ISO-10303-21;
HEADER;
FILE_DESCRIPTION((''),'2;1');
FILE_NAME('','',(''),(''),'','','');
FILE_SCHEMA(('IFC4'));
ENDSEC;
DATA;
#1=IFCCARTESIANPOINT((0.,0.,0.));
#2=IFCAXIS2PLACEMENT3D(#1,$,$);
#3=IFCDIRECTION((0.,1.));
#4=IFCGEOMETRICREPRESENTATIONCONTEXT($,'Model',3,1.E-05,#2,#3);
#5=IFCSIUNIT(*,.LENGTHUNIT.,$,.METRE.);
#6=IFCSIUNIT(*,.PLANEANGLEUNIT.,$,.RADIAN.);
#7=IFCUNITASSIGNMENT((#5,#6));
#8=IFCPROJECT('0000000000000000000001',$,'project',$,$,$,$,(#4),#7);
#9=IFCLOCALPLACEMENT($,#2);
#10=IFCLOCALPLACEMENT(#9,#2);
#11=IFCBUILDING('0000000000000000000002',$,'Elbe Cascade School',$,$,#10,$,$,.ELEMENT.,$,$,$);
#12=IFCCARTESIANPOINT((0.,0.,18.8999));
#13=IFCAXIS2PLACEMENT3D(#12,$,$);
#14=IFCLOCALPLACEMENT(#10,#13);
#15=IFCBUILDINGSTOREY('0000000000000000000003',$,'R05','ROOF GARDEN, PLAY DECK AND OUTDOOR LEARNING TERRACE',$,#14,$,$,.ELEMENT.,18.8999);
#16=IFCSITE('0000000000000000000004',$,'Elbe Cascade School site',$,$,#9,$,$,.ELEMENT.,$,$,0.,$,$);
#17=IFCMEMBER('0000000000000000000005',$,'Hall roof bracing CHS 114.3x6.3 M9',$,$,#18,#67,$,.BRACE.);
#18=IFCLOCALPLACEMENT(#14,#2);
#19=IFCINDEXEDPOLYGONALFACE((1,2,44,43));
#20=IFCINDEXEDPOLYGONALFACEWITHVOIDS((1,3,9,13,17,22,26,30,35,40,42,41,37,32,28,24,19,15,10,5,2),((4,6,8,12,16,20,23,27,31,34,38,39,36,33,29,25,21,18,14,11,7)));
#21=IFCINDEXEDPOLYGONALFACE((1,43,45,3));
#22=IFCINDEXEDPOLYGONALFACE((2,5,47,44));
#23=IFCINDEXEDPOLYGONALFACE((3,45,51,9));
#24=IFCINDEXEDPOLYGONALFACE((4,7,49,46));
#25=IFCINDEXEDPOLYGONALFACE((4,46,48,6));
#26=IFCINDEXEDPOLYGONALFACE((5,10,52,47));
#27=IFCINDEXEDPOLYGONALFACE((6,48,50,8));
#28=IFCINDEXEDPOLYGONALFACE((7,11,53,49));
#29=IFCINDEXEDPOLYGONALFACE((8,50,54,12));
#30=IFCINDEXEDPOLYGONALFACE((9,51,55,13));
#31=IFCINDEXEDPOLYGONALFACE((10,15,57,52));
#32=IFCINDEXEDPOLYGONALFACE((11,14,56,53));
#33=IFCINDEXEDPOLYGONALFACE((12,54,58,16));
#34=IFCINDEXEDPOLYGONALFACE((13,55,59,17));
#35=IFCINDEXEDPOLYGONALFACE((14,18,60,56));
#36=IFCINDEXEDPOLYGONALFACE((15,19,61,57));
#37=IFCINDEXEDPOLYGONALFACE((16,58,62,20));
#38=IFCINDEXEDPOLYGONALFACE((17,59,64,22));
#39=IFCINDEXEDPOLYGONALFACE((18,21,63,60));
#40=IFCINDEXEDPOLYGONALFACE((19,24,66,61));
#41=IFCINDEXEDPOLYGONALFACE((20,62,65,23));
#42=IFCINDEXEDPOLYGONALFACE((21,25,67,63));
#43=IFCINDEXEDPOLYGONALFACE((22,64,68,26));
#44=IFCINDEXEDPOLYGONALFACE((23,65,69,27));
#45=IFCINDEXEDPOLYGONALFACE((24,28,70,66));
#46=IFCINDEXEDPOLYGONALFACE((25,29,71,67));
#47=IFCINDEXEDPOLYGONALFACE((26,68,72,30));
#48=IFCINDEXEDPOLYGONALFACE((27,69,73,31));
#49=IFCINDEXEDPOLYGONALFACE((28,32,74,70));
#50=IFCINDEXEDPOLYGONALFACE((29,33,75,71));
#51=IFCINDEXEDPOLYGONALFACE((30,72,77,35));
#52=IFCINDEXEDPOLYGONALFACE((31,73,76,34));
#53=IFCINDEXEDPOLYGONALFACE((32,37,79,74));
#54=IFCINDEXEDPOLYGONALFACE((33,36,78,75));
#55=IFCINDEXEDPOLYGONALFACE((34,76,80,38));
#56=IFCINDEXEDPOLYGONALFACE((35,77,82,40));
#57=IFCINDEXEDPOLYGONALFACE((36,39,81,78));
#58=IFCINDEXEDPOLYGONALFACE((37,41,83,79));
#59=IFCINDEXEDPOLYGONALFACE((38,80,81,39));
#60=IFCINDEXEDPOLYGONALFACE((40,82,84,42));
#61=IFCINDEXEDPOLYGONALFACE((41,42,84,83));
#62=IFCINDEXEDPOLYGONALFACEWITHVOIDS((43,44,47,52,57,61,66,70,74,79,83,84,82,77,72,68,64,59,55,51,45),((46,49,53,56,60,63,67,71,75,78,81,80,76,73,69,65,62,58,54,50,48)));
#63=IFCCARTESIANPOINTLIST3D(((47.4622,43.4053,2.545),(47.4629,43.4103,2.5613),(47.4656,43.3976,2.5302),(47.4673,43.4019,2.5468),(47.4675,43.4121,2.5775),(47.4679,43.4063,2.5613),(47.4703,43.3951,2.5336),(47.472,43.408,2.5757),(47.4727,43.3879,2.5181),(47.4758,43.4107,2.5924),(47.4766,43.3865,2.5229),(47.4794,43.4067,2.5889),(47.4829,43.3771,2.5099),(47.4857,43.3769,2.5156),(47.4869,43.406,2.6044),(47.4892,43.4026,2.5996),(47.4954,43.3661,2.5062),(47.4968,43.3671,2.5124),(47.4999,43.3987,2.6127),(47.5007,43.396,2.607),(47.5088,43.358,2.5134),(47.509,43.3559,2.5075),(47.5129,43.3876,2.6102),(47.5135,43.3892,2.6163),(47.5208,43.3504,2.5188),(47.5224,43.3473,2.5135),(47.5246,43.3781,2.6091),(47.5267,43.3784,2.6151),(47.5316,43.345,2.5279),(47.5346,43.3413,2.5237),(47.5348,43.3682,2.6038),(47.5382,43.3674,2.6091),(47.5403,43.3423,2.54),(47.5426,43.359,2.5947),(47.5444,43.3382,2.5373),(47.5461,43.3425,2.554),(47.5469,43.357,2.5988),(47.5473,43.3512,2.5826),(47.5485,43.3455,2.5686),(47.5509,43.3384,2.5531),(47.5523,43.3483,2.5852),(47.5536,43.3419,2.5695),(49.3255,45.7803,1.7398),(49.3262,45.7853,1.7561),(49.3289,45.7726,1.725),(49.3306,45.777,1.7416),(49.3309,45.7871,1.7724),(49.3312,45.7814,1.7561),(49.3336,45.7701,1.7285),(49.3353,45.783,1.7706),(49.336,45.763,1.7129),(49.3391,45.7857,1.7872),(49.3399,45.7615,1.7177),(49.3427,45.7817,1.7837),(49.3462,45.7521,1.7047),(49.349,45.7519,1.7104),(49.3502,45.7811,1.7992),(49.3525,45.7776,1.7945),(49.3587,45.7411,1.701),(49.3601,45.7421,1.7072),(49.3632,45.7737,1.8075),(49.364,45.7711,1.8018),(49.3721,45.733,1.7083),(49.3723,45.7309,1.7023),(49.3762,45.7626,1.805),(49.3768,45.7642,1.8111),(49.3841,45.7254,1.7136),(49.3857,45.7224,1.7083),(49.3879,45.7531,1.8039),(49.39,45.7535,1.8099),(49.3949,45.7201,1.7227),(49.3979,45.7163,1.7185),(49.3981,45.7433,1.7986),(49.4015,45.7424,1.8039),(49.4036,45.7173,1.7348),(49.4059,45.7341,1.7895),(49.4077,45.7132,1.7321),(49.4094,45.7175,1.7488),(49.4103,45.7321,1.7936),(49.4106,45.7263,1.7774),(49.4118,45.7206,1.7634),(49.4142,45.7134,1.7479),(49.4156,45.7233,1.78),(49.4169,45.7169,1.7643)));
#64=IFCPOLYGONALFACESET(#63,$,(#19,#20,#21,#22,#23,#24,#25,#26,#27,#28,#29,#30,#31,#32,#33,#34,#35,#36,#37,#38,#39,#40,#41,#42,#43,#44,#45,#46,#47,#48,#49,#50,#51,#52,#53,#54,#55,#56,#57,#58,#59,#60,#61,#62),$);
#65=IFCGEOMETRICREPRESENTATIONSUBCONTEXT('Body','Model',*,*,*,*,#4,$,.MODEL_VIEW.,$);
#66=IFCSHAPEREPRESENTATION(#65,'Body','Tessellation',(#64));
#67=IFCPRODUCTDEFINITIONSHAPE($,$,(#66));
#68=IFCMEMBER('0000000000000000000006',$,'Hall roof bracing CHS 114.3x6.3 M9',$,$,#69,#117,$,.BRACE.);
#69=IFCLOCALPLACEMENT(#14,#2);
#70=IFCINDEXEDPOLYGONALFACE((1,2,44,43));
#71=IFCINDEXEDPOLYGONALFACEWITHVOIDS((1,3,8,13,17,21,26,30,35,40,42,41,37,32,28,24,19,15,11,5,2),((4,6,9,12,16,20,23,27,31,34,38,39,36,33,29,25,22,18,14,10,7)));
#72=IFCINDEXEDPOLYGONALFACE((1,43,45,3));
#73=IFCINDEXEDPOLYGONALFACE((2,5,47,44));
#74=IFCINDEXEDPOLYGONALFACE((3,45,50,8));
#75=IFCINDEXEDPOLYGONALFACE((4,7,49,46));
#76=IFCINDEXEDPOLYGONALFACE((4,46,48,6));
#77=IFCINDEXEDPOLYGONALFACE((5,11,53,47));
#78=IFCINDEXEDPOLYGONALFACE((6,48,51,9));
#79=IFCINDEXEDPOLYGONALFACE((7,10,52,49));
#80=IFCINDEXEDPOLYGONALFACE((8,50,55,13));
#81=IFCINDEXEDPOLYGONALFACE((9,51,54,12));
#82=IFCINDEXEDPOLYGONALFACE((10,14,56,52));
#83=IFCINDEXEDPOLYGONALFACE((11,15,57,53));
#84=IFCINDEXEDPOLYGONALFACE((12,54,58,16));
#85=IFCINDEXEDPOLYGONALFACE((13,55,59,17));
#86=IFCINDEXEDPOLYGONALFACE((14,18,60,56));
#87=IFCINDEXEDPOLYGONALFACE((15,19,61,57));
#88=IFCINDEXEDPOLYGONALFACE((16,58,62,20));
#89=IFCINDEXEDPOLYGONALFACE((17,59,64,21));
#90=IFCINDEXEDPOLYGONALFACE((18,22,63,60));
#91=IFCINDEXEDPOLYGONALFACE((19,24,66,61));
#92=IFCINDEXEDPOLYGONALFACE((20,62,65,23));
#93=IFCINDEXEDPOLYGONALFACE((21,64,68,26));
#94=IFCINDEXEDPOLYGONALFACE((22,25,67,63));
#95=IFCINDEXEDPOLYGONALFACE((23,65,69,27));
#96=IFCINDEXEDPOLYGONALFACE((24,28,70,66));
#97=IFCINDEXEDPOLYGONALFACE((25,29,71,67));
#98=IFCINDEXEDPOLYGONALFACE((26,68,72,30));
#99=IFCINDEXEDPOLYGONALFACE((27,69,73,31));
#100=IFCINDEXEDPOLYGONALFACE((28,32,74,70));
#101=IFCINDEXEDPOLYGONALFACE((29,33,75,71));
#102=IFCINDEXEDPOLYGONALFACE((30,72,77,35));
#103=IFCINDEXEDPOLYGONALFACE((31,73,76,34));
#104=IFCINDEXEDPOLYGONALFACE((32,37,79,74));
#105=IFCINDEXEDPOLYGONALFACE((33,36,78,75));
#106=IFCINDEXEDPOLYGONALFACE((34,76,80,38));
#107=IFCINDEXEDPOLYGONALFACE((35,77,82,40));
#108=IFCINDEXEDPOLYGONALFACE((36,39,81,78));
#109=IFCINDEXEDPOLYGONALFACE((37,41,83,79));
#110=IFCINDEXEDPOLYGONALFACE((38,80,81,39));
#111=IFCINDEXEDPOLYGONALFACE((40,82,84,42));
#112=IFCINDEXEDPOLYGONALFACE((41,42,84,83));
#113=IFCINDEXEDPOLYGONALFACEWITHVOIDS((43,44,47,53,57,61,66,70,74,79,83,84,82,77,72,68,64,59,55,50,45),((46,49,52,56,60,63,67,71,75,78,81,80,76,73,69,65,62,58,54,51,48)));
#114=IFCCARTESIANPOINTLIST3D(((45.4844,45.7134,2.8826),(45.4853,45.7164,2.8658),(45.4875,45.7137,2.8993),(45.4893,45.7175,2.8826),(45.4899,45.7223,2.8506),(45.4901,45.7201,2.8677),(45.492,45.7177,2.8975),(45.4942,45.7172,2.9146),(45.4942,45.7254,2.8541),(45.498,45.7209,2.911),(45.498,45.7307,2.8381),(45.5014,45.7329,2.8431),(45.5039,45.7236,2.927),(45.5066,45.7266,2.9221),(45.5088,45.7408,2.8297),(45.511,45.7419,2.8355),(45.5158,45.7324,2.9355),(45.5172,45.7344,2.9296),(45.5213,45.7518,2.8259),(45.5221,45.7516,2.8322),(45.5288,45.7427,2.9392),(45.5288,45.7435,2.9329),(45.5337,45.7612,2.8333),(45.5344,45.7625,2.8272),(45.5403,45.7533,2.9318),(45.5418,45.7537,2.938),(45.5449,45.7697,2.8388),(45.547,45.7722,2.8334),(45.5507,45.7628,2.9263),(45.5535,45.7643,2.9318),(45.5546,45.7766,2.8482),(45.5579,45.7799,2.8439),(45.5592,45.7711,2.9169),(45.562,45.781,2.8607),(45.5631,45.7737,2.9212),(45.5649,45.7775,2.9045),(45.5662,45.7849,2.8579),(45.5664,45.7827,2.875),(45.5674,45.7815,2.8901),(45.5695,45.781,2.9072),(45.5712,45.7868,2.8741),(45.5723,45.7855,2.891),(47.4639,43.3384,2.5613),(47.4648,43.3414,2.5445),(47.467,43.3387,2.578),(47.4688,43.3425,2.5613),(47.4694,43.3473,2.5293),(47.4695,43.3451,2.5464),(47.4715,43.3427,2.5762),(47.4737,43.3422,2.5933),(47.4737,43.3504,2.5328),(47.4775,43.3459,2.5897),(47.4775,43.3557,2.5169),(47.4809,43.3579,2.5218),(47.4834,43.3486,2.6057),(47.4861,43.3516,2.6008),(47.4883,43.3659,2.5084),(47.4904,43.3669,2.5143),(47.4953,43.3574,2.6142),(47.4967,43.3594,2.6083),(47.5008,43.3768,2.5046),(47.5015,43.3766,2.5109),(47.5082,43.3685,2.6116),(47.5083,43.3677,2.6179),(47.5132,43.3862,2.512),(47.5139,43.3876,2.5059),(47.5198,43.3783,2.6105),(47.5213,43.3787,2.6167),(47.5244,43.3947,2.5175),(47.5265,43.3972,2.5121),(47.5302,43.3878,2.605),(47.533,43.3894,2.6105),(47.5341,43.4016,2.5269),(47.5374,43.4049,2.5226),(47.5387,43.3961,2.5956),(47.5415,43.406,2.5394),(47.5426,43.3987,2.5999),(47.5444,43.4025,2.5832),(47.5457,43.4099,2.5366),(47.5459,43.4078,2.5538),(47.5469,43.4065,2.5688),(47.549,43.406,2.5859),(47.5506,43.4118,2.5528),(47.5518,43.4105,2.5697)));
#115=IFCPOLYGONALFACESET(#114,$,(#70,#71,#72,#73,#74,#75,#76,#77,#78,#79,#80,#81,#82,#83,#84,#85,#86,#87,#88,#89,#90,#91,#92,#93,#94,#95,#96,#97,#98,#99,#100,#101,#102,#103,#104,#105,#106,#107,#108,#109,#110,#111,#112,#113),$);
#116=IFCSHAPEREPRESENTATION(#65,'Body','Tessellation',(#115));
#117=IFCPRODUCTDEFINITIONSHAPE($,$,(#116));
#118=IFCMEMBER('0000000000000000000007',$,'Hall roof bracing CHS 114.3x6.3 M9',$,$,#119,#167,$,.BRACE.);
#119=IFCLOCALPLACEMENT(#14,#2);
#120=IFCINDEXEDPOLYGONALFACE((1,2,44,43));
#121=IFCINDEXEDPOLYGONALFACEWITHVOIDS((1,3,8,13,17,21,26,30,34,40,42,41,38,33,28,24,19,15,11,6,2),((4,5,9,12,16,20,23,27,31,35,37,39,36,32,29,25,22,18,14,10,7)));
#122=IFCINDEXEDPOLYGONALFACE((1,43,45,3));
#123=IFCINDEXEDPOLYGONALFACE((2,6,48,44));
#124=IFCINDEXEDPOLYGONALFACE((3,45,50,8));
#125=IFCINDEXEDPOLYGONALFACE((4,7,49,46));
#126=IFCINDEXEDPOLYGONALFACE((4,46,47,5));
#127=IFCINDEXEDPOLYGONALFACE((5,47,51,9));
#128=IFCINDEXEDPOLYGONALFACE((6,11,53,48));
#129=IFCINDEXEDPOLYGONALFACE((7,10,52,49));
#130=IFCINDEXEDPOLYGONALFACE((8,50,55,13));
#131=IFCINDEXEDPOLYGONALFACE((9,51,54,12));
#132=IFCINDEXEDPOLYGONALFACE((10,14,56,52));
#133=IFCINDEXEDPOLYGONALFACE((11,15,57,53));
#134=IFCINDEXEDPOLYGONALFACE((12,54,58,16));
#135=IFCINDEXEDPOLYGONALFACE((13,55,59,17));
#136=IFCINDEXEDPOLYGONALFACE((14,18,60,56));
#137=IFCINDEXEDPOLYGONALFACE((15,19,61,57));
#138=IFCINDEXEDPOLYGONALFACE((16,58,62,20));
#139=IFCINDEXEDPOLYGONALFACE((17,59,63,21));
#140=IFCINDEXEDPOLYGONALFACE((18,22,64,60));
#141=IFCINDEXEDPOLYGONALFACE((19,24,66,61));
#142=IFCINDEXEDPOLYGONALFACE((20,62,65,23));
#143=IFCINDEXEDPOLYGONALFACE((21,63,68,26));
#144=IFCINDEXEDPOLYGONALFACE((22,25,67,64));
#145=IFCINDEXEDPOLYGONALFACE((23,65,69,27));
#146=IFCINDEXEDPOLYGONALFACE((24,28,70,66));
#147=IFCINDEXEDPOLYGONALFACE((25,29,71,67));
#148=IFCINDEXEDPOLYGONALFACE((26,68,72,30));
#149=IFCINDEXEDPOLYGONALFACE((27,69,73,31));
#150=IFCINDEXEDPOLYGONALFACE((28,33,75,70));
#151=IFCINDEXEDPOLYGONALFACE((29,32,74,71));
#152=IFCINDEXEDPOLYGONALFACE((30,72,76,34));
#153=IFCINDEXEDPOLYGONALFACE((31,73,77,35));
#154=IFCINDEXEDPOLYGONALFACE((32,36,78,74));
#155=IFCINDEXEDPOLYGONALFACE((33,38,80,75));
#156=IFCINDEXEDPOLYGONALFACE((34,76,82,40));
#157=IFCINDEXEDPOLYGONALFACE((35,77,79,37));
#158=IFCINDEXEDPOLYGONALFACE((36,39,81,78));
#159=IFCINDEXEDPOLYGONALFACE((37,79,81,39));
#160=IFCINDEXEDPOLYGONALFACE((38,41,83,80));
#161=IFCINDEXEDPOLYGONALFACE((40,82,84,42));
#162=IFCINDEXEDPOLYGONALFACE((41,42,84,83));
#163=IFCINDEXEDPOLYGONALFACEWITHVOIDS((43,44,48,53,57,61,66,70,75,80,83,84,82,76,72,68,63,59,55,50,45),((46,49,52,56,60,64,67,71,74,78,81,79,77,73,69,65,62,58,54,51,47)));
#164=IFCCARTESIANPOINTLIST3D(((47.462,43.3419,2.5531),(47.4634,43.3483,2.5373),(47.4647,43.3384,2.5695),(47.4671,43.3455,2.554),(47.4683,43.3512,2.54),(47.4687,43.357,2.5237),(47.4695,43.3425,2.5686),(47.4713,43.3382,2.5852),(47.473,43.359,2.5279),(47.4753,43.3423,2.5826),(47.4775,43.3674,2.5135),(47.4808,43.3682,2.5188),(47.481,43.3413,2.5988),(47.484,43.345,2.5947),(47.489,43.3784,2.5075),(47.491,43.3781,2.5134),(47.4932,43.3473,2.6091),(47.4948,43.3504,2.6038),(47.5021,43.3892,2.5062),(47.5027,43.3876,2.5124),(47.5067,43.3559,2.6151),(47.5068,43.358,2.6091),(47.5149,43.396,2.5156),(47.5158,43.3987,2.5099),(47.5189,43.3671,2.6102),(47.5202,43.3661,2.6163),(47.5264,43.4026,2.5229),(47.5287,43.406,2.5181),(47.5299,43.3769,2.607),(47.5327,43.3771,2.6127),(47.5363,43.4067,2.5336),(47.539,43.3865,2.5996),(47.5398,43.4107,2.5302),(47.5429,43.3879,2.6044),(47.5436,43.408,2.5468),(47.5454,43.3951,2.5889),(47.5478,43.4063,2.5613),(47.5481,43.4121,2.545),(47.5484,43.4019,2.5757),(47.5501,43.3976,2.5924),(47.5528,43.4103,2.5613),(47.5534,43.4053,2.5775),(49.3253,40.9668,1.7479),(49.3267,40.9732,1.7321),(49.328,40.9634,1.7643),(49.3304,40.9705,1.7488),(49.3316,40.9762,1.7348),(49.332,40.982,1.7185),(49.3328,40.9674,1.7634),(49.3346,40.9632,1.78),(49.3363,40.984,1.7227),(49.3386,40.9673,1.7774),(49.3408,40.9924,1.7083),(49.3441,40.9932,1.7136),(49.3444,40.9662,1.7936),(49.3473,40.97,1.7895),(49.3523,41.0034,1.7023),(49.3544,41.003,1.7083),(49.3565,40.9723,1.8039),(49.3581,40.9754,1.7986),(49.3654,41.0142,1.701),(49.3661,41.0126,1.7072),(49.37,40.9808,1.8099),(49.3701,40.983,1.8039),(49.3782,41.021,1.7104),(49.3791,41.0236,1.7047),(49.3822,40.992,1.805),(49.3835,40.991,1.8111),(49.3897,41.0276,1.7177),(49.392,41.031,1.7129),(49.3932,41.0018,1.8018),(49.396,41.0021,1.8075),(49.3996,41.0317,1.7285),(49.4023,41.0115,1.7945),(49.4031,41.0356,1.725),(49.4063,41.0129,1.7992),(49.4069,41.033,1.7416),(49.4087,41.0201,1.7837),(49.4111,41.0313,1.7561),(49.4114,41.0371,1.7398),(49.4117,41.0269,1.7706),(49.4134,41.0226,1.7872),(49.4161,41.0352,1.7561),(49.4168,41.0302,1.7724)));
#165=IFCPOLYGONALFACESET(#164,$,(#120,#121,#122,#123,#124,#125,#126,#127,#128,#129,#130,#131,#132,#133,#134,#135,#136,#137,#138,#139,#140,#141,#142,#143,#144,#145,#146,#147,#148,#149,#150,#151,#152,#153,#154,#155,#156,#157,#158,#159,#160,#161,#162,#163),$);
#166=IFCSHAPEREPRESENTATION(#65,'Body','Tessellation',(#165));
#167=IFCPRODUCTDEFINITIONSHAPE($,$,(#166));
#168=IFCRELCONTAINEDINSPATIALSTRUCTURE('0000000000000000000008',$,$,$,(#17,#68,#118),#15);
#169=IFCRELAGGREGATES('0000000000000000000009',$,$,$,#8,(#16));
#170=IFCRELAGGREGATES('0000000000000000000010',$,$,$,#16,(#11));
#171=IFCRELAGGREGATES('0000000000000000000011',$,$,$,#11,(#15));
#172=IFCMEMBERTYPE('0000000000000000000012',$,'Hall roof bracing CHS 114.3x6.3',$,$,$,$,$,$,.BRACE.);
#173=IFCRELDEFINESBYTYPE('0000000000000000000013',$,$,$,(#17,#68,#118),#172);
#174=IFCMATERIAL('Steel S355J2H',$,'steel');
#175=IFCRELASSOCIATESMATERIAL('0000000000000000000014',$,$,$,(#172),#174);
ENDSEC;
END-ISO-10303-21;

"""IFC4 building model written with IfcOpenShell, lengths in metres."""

from ifc_helpers import new_model, si_unit, direction, frame, origin, origin_2d, place, context, subcontext, project, spatial, hollow_circle, extrude, material, material_profile, profile_set, type_object, element, save


model = new_model("IFC4")

# Units and contexts
model_context = context("Model", 3, precision=1e-05, world=origin(), true_north=direction((0.0, 1.0)))
body_context = subcontext(model_context, "Body", "Model", "MODEL_VIEW")
ifc_project = project(units=[si_unit("LENGTHUNIT", "METRE"), si_unit("PLANEANGLEUNIT", "RADIAN")], contexts=[model_context])

# Site, building, storey
site_placement = place(None, origin())
site = spatial("IfcSite", under=ifc_project, at=site_placement, Name="Elbe Cascade School site", CompositionType="ELEMENT", RefElevation=0.0)
building_placement = place(site_placement, origin())
building = spatial("IfcBuilding", under=site, at=building_placement, Name="Elbe Cascade School", CompositionType="ELEMENT")
storey_placement = place(building_placement, frame((0.0, 0.0, 18.8999)))
storey = spatial("IfcBuildingStorey", under=building, at=storey_placement, Name="R05", Description="ROOF GARDEN, PLAY DECK AND OUTDOOR LEARNING TERRACE", CompositionType="ELEMENT", Elevation=18.8999)

# Members
ifc_material_1 = material(Name="Steel S355J2H", Category="steel")
ifc_material_profile_1 = material_profile(ifc_material_1, hollow_circle(Radius=0.0571, WallThickness=0.0063, at=origin_2d()), Name="CHS 114.3x6.3")
ifc_profile_set_1 = profile_set([ifc_material_profile_1], Name="Steel S355J2H")
member_type_1 = type_object("IfcMemberType", Name="Hall roof bracing CHS 114.3x6.3", PredefinedType="BRACE", material=ifc_profile_set_1)
member_1_placement = place(storey_placement, frame((47.5078, 43.375, 2.5613), z_axis=(0.596399, 0.76019, -0.257721), x_axis=(-0.786767, 0.61725, 0.0)))
element("IfcMember", 1, at=member_1_placement, inside=storey, type_object=member_type_1, Name="Hall roof bracing CHS 114.3x6.3 M9", PredefinedType="BRACE", context=body_context, shape_type="SweptSolid", body=[
    extrude(hollow_circle(Radius=0.0571, WallThickness=0.0063, at=origin_2d()), origin(), (0.0, 0.0, 1.0), 3.1243),
])
member_2_placement = place(storey_placement, frame((47.5078, 43.375, 2.5613), z_axis=(-0.636817, 0.764055, 0.103361), x_axis=(-0.768169, -0.640247, 0.0)))
element("IfcMember", 2, at=member_2_placement, inside=storey, type_object=member_type_1, Name="Hall roof bracing CHS 114.3x6.3 M9", PredefinedType="BRACE", context=body_context, shape_type="SweptSolid", body=[
    extrude(hollow_circle(Radius=0.0571, WallThickness=0.0063, at=origin_2d()), origin(), (0.0, 0.0, 1.0), 3.1084),
])
member_3_placement = place(storey_placement, frame((47.5078, 43.375, 2.5613), z_axis=(0.596399, -0.76019, -0.257721), x_axis=(0.786767, 0.61725, 0.0)))
element("IfcMember", 3, at=member_3_placement, inside=storey, type_object=member_type_1, Name="Hall roof bracing CHS 114.3x6.3 M9", PredefinedType="BRACE", context=body_context, shape_type="SweptSolid", body=[
    extrude(hollow_circle(Radius=0.0571, WallThickness=0.0063, at=origin_2d()), origin(), (0.0, 0.0, 1.0), 3.1243),
])

save(model, "model.ifc")
